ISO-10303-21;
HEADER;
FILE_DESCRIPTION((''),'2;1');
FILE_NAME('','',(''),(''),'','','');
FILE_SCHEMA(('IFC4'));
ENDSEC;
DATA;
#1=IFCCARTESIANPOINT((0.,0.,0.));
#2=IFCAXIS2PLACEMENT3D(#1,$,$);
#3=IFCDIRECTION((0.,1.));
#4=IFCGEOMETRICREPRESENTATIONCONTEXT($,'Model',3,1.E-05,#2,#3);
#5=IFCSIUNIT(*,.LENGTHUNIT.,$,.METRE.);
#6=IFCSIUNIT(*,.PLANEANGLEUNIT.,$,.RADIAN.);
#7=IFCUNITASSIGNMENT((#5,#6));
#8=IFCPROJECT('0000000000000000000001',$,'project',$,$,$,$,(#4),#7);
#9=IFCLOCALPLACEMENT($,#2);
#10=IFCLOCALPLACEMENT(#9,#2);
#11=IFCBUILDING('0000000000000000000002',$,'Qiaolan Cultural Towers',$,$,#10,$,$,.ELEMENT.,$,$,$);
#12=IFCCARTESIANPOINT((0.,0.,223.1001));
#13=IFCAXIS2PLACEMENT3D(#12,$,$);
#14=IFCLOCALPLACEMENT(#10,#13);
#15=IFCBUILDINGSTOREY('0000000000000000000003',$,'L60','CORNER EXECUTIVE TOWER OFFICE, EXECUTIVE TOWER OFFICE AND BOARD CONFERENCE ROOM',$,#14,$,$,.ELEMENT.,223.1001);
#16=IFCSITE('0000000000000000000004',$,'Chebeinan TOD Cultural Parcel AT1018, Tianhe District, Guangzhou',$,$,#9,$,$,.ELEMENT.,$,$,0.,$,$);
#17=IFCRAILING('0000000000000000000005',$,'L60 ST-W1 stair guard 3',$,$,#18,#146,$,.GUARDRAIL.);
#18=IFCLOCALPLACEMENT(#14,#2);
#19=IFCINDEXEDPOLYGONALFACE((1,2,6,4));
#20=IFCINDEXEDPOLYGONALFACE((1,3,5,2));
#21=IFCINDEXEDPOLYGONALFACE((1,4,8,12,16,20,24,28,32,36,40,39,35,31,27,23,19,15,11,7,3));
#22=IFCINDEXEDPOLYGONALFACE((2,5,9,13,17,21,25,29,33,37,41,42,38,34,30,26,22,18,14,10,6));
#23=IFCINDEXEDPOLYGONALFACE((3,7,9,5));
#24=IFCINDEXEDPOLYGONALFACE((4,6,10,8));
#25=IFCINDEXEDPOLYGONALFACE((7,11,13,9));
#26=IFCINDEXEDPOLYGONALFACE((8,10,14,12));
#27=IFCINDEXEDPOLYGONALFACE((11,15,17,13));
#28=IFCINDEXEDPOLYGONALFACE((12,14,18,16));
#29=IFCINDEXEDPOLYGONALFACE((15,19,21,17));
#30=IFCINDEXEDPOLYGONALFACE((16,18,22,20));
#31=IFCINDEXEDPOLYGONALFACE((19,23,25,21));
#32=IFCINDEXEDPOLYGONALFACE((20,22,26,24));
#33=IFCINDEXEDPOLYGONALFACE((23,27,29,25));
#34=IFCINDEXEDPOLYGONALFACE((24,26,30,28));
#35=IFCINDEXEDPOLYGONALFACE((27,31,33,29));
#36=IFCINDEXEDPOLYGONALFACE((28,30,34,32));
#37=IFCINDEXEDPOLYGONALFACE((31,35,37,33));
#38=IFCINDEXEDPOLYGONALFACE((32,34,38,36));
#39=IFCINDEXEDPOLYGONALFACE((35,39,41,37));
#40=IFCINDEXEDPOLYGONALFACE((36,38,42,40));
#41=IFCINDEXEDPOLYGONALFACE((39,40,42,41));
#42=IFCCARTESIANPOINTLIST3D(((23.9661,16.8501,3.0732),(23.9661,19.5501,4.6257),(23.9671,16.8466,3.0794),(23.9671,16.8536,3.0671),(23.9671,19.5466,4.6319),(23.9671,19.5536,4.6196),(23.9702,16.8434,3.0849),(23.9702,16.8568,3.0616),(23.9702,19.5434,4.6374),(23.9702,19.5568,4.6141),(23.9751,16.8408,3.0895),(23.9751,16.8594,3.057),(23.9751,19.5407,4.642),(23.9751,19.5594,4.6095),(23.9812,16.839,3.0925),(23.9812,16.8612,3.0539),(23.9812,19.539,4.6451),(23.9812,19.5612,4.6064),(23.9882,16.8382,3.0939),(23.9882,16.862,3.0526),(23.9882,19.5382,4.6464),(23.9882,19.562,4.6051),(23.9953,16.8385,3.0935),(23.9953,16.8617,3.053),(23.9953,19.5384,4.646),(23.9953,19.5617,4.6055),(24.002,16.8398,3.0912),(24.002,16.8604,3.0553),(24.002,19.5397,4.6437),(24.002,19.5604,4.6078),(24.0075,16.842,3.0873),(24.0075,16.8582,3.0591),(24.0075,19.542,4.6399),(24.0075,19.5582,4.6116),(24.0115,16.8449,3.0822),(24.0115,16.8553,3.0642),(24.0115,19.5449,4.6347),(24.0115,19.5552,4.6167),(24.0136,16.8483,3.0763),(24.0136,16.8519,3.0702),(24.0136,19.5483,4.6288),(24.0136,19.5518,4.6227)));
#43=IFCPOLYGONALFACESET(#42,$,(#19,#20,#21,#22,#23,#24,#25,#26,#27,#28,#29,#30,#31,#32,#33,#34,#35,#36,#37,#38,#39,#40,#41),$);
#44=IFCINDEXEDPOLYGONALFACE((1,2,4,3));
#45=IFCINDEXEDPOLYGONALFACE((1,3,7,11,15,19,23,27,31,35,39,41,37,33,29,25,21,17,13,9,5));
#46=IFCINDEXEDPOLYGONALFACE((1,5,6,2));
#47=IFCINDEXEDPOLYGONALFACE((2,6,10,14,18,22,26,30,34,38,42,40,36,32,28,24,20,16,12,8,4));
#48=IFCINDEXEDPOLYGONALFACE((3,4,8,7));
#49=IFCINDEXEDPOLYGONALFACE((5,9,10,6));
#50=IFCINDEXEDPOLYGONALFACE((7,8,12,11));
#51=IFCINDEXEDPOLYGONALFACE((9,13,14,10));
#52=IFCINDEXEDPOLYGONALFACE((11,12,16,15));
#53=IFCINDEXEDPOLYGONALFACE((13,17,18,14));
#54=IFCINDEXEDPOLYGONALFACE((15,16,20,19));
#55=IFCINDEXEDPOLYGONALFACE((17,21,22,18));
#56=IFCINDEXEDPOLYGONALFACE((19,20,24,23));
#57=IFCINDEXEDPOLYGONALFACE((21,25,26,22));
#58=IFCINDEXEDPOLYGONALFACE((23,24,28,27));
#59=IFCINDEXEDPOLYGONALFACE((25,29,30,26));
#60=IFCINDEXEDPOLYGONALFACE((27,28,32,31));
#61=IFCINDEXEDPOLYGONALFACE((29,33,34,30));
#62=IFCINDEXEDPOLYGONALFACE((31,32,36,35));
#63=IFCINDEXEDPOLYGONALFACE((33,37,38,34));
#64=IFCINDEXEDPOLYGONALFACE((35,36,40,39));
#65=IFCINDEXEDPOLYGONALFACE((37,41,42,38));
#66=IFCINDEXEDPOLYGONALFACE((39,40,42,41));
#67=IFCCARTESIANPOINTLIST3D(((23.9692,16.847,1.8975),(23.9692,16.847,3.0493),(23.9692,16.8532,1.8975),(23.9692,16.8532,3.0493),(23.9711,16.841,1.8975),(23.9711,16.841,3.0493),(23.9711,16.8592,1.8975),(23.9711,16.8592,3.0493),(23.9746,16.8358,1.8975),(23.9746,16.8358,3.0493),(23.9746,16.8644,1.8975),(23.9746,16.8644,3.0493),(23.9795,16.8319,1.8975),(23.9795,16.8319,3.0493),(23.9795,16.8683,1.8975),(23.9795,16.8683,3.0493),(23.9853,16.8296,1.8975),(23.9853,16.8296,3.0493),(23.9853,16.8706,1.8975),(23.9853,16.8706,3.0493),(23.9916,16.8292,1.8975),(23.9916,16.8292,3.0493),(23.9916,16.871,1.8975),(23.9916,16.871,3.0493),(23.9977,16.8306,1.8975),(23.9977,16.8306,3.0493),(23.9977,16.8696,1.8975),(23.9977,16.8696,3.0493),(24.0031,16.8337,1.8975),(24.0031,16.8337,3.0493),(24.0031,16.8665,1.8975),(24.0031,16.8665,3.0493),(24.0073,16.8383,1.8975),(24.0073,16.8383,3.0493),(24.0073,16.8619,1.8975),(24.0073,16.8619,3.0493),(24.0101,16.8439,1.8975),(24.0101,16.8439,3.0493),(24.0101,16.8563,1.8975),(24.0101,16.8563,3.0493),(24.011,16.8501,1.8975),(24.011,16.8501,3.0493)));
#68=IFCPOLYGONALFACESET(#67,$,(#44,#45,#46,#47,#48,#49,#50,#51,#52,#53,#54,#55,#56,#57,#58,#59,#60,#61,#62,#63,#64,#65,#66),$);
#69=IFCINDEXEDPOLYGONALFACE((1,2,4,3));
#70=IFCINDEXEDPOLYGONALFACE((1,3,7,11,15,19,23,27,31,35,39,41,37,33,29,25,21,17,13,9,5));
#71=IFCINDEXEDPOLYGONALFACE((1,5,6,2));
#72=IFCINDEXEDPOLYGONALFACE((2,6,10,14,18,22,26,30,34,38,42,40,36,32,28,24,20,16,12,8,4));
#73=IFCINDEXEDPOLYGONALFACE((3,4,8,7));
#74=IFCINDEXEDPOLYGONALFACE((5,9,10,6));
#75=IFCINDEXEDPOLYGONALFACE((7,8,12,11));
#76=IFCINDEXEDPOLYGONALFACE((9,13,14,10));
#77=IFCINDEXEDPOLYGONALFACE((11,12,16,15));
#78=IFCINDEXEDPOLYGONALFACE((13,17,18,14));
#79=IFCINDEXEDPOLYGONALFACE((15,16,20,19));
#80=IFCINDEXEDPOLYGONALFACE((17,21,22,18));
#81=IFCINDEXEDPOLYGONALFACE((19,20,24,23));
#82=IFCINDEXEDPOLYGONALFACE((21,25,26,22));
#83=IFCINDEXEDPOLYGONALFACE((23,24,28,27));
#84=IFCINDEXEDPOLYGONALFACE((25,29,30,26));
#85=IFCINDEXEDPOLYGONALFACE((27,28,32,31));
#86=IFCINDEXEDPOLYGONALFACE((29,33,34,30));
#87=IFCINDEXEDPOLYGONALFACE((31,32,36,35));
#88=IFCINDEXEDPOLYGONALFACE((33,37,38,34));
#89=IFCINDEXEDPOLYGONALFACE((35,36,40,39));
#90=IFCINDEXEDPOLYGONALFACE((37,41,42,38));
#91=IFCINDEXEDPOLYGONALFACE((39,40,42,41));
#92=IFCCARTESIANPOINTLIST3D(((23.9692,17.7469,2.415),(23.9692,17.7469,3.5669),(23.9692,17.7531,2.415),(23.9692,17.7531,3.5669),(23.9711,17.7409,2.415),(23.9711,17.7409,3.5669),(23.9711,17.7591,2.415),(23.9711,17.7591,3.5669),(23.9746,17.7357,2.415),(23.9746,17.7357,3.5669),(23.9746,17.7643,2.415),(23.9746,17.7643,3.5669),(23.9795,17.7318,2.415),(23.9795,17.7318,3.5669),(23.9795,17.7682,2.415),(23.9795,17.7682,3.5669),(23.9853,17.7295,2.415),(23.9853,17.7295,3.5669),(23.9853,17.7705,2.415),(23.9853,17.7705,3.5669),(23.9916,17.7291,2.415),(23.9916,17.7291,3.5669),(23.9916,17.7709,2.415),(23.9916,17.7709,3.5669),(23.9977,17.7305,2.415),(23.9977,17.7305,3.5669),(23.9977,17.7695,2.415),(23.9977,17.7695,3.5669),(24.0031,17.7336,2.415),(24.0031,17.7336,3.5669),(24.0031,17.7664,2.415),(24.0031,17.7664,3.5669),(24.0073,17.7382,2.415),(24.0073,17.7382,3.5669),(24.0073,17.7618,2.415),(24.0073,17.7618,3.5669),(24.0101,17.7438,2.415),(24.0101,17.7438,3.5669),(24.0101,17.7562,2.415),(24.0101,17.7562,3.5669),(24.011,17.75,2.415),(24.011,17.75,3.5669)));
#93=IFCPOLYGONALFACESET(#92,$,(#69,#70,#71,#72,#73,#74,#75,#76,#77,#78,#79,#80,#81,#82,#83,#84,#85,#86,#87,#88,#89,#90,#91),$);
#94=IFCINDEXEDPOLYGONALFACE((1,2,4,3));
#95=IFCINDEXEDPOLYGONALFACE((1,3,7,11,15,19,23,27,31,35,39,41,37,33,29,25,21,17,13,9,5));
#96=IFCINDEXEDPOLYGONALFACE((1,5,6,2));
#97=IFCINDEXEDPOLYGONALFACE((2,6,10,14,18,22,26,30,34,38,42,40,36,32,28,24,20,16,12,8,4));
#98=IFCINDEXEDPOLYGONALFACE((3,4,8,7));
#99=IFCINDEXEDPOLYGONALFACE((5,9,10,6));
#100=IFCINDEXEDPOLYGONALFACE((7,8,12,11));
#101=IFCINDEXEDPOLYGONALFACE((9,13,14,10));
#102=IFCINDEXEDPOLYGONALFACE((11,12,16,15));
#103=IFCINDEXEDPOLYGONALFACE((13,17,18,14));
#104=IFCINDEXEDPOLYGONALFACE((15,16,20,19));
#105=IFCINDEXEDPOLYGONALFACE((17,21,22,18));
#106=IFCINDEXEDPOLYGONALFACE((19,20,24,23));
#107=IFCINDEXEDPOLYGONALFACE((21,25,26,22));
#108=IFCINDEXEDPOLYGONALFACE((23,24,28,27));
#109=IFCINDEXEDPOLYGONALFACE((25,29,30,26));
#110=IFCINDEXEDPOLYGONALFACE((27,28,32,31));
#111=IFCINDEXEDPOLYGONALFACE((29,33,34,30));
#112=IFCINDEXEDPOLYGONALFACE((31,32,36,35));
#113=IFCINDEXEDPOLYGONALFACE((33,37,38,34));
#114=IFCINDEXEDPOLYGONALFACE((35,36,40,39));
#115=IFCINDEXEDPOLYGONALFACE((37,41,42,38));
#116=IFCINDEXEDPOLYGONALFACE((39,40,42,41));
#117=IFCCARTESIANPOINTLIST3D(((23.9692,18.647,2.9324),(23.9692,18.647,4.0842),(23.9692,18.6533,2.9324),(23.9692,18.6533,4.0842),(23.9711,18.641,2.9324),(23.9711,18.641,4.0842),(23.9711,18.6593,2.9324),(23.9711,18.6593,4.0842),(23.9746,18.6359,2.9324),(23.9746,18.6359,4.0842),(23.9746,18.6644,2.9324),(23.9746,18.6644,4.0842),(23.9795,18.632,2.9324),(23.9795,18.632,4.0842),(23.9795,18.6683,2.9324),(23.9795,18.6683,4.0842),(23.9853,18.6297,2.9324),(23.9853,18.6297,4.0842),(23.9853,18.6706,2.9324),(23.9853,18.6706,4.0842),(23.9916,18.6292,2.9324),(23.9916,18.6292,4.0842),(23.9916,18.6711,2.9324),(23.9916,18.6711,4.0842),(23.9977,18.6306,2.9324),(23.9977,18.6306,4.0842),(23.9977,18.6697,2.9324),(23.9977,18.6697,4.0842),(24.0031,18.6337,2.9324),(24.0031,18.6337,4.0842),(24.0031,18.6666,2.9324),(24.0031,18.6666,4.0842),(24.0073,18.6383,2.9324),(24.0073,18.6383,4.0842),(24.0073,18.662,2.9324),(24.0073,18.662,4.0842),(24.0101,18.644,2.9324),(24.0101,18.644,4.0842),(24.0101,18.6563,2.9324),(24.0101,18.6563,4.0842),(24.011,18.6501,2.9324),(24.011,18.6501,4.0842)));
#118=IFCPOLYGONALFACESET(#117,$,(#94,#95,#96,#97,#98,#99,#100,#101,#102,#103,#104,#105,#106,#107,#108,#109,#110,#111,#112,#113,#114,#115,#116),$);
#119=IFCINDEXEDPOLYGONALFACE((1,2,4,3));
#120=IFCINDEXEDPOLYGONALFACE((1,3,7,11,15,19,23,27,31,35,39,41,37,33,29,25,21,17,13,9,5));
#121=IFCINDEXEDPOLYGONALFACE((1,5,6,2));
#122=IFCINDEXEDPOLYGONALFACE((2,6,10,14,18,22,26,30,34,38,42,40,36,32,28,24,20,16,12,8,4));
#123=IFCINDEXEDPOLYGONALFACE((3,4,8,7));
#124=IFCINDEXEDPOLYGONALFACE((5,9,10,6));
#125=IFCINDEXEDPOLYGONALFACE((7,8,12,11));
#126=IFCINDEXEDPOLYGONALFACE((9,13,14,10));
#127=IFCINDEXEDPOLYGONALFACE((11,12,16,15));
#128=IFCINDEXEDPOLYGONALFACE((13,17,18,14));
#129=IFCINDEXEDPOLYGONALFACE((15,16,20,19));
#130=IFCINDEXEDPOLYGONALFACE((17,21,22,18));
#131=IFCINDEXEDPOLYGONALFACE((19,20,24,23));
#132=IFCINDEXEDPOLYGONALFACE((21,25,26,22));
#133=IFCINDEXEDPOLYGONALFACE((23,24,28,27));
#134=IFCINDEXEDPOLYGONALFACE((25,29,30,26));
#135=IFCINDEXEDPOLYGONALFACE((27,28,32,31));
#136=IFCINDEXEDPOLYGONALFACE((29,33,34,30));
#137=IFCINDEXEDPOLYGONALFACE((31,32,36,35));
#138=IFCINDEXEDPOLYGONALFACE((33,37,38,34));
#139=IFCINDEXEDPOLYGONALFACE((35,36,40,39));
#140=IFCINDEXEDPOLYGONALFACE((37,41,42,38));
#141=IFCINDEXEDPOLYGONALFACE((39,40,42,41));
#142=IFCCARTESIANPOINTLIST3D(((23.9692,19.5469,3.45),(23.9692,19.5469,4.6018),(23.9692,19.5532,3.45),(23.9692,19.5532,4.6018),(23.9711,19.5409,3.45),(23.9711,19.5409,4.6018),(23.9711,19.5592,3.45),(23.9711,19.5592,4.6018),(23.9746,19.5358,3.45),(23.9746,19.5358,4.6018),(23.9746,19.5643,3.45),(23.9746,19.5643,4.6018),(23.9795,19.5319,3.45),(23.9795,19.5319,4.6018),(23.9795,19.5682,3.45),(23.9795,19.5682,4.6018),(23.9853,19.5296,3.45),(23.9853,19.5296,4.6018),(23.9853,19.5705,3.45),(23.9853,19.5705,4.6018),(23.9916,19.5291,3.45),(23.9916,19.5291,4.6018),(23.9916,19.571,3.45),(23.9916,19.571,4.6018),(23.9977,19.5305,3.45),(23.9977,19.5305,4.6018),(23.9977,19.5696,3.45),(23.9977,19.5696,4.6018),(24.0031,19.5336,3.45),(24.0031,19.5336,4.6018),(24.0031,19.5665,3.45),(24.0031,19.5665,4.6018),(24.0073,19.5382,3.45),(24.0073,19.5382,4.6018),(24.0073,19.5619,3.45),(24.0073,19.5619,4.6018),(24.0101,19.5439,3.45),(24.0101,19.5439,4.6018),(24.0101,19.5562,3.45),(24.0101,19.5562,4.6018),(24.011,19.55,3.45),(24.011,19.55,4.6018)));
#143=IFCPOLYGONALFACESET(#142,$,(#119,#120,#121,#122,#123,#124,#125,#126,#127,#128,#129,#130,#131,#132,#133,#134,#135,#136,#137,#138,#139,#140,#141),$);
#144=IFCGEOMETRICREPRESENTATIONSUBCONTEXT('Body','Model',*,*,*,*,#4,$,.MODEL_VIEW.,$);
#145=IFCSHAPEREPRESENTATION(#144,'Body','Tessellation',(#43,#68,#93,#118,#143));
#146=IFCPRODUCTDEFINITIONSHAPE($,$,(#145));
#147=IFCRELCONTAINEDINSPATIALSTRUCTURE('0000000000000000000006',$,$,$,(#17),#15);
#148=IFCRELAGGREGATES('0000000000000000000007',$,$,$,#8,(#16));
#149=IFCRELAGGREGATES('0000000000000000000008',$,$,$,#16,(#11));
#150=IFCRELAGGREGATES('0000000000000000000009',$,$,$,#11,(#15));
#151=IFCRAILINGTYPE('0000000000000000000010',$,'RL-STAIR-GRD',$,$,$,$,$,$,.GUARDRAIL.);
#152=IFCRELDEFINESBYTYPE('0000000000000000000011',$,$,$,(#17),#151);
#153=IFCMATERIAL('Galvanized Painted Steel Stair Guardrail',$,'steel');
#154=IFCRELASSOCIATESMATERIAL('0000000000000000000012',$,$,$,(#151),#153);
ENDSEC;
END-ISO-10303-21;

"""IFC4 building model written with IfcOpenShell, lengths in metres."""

from ifc_helpers import new_model, si_unit, direction, frame, origin, origin_2d, place, context, subcontext, project, spatial, circle, extrude, material, type_object, element, save


model = new_model("IFC4")

# Units and contexts
model_context = context("Model", 3, precision=1e-05, world=origin(), true_north=direction((0.0, 1.0)))
body_context = subcontext(model_context, "Body", "Model", "MODEL_VIEW")
ifc_project = project(units=[si_unit("LENGTHUNIT", "METRE"), si_unit("PLANEANGLEUNIT", "RADIAN")], contexts=[model_context])

# Site, building, storey
site_placement = place(None, origin())
site = spatial("IfcSite", under=ifc_project, at=site_placement, Name="Chebeinan TOD Cultural Parcel AT1018, Tianhe District, Guangzhou", CompositionType="ELEMENT", RefElevation=0.0)
building_placement = place(site_placement, origin())
building = spatial("IfcBuilding", under=site, at=building_placement, Name="Qiaolan Cultural Towers", CompositionType="ELEMENT")
storey_placement = place(building_placement, frame((0.0, 0.0, 223.1001)))
storey = spatial("IfcBuildingStorey", under=building, at=storey_placement, Name="L60", Description="CORNER EXECUTIVE TOWER OFFICE, EXECUTIVE TOWER OFFICE AND BOARD CONFERENCE ROOM", CompositionType="ELEMENT", Elevation=223.1001)

# Railing
ifc_material_1 = material(Name="Galvanized Painted Steel Stair Guardrail", Category="steel")
railing_type_1 = type_object("IfcRailingType", Name="RL-STAIR-GRD", PredefinedType="GUARDRAIL", material=ifc_material_1)
railing_1_placement = place(storey_placement, frame((23.99, 16.8501, 1.8975)))
element("IfcRailing", 1, at=railing_1_placement, inside=storey, type_object=railing_type_1, Name="L60 ST-W1 stair guard 3", PredefinedType="GUARDRAIL", context=body_context, shape_type="SweptSolid", body=[
    extrude(circle(Radius=0.0239, at=origin_2d()), frame((0.0, 0.0, 1.1758), z_axis=(0.0, 0.866904, 0.498476), x_axis=(-1.0, 0.0, 0.0)), (0.0, 0.0, 1.0), 3.1145),
    extrude(circle(Radius=0.021, at=origin_2d()), origin(), (0.0, 0.0, 1.0), 1.1519),
    extrude(circle(Radius=0.021, at=origin_2d()), frame((0.0, 0.8999, 0.5176)), (0.0, 0.0, 1.0), 1.1519),
    extrude(circle(Radius=0.021, at=origin_2d()), frame((0.0, 1.8, 1.0349)), (0.0, 0.0, 1.0), 1.1519),
    extrude(circle(Radius=0.021, at=origin_2d()), frame((0.0, 2.7, 1.5525)), (0.0, 0.0, 1.0), 1.1519),
])

save(model, "model.ifc")
